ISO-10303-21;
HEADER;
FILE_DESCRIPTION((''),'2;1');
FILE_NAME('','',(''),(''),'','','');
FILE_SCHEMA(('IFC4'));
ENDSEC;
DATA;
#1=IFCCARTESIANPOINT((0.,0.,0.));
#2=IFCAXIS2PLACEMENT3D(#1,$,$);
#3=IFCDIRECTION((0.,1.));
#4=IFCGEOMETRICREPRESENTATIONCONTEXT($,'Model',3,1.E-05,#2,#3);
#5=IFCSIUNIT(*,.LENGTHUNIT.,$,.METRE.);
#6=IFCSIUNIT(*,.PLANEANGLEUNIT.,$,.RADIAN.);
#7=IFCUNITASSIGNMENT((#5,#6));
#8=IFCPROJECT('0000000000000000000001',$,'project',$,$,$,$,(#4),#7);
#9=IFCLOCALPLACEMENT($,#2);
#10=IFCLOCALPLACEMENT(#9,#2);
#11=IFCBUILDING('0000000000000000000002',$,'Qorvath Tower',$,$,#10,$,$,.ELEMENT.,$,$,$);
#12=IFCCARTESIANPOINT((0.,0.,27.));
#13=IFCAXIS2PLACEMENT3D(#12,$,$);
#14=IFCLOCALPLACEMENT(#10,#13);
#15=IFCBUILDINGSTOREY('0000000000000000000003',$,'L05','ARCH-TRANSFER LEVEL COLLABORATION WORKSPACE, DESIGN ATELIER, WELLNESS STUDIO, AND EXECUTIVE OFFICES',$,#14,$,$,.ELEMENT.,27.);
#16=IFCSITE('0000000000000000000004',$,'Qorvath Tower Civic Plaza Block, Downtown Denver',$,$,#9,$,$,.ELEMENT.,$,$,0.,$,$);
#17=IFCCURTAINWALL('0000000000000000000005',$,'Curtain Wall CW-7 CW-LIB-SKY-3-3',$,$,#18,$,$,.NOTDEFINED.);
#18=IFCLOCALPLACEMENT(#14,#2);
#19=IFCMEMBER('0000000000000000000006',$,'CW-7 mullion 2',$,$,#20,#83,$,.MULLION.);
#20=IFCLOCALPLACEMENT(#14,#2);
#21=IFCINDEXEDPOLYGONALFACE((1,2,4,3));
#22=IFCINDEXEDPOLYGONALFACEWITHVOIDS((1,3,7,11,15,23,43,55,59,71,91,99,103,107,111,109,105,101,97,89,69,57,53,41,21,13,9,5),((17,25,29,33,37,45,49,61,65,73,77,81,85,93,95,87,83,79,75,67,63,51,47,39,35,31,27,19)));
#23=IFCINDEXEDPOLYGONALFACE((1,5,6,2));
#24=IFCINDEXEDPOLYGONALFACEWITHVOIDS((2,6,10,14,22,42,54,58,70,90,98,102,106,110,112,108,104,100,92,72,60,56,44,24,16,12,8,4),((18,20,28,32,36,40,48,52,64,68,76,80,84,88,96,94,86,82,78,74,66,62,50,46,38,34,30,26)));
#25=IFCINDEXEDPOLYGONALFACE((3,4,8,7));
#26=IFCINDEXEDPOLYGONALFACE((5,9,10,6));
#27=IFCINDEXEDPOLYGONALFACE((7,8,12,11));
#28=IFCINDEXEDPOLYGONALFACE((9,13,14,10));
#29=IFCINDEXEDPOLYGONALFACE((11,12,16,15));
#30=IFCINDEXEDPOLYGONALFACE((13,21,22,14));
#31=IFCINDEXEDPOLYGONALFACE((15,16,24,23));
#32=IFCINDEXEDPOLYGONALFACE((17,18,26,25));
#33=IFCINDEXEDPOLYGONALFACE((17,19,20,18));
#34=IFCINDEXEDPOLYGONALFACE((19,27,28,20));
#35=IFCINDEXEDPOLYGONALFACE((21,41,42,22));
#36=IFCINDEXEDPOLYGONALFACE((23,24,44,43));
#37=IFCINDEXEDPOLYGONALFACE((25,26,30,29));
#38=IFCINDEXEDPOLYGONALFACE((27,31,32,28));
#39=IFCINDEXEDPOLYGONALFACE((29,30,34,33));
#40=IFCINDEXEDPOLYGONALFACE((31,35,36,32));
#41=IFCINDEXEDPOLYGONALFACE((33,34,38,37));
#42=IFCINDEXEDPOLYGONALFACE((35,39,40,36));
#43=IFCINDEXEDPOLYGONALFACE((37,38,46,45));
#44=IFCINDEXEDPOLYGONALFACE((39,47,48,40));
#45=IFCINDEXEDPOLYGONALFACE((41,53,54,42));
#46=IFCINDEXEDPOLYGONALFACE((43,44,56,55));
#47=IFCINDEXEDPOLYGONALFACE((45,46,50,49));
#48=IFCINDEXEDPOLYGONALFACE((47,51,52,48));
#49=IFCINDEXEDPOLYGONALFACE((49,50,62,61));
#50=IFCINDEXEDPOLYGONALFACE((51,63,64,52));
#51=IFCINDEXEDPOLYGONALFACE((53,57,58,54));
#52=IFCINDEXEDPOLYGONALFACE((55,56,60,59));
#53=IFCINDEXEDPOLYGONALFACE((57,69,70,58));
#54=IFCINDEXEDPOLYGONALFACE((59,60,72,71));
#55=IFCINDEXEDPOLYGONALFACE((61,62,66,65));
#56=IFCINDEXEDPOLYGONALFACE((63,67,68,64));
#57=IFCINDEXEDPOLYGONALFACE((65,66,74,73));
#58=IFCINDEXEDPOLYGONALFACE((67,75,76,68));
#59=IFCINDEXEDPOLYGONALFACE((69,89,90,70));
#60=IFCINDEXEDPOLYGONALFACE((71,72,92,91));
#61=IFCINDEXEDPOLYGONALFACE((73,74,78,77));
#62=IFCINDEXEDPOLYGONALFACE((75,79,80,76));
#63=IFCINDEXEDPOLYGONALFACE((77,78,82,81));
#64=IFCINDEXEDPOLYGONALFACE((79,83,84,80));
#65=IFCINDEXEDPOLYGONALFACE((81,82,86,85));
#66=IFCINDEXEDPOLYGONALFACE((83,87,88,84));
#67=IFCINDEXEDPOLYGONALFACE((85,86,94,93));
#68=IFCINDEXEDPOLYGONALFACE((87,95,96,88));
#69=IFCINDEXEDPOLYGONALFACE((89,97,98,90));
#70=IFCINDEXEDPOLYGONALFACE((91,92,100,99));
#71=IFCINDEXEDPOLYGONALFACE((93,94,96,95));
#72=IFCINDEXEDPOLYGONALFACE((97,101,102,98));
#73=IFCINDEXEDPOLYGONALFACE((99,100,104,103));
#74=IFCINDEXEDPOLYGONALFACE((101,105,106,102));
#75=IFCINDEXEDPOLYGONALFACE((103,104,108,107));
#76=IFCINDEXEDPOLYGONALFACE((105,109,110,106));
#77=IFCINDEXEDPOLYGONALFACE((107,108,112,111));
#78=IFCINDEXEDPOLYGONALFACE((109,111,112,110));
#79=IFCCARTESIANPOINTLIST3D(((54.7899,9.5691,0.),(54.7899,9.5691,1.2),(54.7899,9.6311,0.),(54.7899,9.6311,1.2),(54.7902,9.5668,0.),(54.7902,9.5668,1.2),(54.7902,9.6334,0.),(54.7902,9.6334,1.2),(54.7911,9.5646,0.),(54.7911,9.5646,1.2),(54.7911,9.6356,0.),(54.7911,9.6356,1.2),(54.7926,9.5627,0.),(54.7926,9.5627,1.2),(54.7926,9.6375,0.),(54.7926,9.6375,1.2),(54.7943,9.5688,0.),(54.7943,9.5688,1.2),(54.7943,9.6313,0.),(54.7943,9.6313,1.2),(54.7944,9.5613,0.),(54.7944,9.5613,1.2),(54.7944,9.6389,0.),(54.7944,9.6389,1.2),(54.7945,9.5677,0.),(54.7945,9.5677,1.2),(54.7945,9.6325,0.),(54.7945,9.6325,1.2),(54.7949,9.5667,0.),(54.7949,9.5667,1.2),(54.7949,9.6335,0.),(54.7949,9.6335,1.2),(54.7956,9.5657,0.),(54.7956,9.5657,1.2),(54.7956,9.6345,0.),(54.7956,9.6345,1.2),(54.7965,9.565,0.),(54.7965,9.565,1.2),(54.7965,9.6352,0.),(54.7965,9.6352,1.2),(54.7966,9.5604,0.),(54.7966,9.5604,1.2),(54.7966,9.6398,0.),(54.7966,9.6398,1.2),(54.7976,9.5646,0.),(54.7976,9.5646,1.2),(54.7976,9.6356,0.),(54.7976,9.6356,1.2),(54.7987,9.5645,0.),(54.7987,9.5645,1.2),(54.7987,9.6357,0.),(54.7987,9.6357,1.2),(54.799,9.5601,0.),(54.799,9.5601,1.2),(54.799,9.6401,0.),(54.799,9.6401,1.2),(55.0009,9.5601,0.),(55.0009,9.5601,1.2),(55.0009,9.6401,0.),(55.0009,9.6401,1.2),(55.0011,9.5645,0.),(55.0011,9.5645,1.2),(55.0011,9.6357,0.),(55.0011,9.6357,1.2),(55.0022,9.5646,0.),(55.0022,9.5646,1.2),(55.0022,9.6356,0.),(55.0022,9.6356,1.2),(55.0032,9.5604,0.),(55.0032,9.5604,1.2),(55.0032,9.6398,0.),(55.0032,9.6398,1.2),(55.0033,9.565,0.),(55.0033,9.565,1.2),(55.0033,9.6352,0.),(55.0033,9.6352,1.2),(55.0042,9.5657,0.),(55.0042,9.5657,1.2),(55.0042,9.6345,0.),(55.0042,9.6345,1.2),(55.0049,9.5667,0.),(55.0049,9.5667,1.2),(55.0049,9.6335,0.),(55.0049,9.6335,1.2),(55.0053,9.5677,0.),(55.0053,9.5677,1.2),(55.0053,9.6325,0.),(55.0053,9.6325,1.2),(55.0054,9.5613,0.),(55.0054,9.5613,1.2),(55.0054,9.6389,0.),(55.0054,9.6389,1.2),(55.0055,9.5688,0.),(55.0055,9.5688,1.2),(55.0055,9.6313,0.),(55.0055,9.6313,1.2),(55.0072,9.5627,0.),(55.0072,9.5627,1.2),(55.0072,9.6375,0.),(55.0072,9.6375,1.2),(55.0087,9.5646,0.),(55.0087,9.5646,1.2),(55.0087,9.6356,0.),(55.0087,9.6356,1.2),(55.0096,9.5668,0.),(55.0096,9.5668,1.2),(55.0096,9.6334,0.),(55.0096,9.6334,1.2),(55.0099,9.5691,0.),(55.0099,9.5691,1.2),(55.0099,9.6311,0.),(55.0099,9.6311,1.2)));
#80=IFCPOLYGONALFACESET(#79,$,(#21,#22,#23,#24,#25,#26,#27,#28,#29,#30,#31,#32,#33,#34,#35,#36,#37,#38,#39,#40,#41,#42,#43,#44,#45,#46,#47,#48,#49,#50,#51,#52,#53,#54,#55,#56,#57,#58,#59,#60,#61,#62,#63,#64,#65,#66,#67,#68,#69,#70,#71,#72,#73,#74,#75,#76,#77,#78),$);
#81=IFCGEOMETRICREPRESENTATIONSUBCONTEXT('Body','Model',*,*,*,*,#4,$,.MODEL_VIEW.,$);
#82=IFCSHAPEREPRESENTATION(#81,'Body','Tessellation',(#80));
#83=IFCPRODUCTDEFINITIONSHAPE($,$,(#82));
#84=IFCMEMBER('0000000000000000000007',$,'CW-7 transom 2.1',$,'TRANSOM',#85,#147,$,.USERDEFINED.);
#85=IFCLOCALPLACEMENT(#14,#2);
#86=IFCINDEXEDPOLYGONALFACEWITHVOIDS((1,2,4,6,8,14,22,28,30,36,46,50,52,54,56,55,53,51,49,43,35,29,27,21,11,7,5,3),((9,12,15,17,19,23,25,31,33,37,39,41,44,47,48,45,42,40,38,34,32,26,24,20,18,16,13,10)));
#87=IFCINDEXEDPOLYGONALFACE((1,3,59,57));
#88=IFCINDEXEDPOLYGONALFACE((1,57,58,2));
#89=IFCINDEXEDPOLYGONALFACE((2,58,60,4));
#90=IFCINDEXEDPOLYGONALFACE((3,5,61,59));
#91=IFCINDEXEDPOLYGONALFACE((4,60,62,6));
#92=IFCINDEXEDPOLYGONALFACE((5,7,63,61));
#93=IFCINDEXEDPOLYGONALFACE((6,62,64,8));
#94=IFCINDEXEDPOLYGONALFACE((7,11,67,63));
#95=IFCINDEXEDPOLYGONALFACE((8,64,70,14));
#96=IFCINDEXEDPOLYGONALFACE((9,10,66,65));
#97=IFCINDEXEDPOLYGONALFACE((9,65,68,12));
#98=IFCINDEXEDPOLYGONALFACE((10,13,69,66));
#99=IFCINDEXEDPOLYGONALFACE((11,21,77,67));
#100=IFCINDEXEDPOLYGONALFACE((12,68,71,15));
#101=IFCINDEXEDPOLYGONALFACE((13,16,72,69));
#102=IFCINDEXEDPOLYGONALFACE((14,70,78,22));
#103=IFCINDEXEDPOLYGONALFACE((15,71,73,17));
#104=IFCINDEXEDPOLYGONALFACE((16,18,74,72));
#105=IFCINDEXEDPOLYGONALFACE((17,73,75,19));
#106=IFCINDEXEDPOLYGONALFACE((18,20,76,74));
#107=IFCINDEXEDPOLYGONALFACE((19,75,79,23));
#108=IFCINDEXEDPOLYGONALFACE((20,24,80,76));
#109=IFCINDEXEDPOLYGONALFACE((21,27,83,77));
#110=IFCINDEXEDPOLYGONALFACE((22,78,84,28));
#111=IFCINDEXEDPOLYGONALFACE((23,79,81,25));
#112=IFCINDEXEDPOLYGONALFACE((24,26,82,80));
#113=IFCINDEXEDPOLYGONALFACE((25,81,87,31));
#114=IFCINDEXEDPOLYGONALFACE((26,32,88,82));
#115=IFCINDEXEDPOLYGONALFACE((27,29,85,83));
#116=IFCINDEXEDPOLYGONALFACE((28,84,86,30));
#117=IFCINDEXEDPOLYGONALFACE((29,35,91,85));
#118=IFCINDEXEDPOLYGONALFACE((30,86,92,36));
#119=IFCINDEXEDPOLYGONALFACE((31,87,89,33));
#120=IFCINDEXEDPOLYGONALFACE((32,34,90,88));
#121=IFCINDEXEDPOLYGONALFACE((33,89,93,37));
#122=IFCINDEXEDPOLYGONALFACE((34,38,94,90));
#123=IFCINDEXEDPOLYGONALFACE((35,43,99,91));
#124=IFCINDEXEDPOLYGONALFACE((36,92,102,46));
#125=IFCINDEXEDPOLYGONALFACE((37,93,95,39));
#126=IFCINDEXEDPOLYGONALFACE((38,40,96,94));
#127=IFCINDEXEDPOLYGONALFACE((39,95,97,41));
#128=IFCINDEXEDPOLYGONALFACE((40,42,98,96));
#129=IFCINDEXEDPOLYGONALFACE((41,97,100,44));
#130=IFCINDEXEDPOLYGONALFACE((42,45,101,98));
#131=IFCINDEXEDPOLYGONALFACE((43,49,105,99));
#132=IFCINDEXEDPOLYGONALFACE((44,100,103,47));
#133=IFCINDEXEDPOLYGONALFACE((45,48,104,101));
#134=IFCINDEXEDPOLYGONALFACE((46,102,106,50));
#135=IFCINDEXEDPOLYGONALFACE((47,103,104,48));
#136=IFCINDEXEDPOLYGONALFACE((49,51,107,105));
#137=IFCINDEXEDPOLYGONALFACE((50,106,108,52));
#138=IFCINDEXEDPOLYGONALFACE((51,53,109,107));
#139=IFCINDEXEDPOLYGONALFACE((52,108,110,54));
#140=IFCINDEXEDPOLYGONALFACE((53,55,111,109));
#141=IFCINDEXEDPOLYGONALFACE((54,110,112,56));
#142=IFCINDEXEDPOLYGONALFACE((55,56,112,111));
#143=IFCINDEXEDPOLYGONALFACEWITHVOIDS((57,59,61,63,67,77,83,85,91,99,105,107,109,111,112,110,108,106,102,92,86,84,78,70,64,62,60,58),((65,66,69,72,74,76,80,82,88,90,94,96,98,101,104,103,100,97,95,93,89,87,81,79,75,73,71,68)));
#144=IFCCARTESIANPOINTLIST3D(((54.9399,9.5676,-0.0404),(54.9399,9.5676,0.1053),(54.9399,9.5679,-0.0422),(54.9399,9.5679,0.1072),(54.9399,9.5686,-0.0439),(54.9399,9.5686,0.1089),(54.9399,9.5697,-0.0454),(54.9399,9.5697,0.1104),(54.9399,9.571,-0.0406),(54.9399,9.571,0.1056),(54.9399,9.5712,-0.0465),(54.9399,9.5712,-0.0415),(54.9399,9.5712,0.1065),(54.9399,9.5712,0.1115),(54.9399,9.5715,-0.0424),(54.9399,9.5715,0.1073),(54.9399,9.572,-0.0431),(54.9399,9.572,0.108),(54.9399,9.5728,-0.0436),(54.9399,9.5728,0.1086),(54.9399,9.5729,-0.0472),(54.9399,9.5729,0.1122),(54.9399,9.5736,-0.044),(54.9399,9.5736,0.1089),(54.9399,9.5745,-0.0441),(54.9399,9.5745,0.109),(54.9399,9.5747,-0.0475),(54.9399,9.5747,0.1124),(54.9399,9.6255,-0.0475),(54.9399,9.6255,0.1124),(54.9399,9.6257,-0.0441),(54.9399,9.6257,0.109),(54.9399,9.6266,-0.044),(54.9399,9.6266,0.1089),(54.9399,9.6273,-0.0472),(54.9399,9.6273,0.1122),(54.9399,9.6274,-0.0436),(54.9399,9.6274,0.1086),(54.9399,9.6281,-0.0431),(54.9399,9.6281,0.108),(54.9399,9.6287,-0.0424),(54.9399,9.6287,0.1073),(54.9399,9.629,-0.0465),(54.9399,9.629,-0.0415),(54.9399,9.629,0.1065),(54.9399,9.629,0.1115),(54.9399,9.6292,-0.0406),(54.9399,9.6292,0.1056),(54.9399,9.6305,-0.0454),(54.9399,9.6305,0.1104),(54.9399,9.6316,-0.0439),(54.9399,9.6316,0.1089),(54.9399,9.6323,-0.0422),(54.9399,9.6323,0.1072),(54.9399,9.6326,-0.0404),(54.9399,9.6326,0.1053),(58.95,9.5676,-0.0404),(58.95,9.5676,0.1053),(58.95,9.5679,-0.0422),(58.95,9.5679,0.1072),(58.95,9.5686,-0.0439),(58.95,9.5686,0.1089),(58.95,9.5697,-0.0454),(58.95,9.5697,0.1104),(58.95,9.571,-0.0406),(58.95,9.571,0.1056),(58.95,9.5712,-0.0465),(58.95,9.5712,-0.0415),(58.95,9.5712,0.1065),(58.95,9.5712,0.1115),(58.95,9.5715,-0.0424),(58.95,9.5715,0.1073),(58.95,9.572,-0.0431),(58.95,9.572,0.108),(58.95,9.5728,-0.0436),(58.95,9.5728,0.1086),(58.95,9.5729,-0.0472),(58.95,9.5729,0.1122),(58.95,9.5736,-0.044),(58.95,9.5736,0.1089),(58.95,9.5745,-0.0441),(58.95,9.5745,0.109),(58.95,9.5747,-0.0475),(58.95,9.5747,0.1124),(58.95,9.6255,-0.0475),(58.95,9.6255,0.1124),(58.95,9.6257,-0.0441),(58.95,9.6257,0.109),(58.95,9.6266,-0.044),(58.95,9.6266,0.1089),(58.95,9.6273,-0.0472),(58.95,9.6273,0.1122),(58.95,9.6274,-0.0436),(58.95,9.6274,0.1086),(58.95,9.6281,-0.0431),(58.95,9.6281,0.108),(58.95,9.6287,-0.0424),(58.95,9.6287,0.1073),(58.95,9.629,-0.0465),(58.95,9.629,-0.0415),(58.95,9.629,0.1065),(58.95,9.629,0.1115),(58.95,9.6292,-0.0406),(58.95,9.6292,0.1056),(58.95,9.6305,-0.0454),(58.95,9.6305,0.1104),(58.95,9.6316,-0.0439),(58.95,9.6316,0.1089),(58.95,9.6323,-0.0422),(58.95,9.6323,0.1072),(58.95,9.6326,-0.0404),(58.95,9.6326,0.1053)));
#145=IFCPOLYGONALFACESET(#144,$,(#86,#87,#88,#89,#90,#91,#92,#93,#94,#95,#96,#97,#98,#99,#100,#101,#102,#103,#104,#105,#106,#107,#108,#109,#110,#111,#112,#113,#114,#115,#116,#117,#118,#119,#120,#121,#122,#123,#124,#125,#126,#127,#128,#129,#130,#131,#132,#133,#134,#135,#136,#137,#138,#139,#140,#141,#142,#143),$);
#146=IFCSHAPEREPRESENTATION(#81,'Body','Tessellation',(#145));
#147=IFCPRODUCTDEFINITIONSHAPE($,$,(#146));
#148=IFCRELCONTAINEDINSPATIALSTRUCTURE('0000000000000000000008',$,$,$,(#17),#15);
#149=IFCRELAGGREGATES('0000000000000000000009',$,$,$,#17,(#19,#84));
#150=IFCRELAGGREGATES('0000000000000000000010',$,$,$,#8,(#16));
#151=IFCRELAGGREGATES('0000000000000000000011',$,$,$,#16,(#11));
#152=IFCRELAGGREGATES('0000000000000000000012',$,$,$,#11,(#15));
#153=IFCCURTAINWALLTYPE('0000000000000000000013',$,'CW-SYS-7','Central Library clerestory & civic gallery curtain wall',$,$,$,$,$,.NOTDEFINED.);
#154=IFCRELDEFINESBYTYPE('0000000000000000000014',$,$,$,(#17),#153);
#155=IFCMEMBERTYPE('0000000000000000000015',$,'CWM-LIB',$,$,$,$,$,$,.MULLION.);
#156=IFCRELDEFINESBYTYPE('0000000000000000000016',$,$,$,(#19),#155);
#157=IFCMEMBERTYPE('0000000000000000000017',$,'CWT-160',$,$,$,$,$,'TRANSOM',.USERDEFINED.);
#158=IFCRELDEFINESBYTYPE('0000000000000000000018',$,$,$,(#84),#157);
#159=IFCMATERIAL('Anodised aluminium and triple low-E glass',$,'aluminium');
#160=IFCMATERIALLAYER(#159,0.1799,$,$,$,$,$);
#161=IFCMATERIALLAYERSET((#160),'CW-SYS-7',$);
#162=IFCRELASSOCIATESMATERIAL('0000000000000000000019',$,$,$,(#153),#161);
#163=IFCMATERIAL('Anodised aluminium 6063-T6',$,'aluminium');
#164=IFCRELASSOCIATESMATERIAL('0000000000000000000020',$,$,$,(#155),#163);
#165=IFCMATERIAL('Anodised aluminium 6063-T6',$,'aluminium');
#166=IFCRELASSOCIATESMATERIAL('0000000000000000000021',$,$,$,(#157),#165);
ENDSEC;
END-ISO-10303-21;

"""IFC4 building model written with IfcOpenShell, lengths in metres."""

from ifc_helpers import new_model, si_unit, direction, frame, origin, origin_2d, place, context, subcontext, project, spatial, hollow_rectangle, extrude, material, layer, layer_set, material_profile, profile_set, type_object, element, aggregate, save


model = new_model("IFC4")

# Units and contexts
model_context = context("Model", 3, precision=1e-05, world=origin(), true_north=direction((0.0, 1.0)))
body_context = subcontext(model_context, "Body", "Model", "MODEL_VIEW")
ifc_project = project(units=[si_unit("LENGTHUNIT", "METRE"), si_unit("PLANEANGLEUNIT", "RADIAN")], contexts=[model_context])

# Site, building, storey
site_placement = place(None, origin())
site = spatial("IfcSite", under=ifc_project, at=site_placement, Name="Qorvath Tower Civic Plaza Block, Downtown Denver", CompositionType="ELEMENT", RefElevation=0.0)
building_placement = place(site_placement, origin())
building = spatial("IfcBuilding", under=site, at=building_placement, Name="Qorvath Tower", CompositionType="ELEMENT")
storey_placement = place(building_placement, frame((0.0, 0.0, 27.0)))
storey = spatial("IfcBuildingStorey", under=building, at=storey_placement, Name="L05", Description="ARCH-TRANSFER LEVEL COLLABORATION WORKSPACE, DESIGN ATELIER, WELLNESS STUDIO, AND EXECUTIVE OFFICES", CompositionType="ELEMENT", Elevation=27.0)

# Curtain wall, members
ifc_material_1 = material(Name="Anodised aluminium and triple low-E glass", Category="aluminium")
ifc_layer_1 = layer(ifc_material_1, 0.1799)
ifc_layer_set_1 = layer_set([ifc_layer_1], Name="CW-SYS-7")
curtain_wall_type = type_object("IfcCurtainWallType", Name="CW-SYS-7", Description="Central Library clerestory & civic gallery curtain wall", PredefinedType="NOTDEFINED", material=ifc_layer_set_1)
curtain_wall_placement = place(storey_placement, origin())
curtain_wall = element("IfcCurtainWall", 1, at=curtain_wall_placement, inside=storey, type_object=curtain_wall_type, Name="Curtain Wall CW-7 CW-LIB-SKY-3-3", PredefinedType="NOTDEFINED")
ifc_material_2 = material(Name="Anodised aluminium 6063-T6", Category="aluminium")
ifc_material_profile_1 = material_profile(ifc_material_2, hollow_rectangle(XDim=0.0801, YDim=0.22, WallThickness=0.0044, InnerFilletRadius=0.0044, OuterFilletRadius=0.009, at=origin_2d()), Name="CWM LIB 220x80")
ifc_profile_set_1 = profile_set([ifc_material_profile_1], Name="Anodised aluminium 6063-T6")
member_type_1 = type_object("IfcMemberType", Name="CWM-LIB", PredefinedType="MULLION", material=ifc_profile_set_1)
member_1_placement = place(storey_placement, frame((54.8999, 9.6001, 0.0), z_axis=(0.0, 0.0, 1.0), x_axis=(0.0, 1.0, 0.0)))
member_1 = element("IfcMember", 2, at=member_1_placement, type_object=member_type_1, Name="CW-7 mullion 2", PredefinedType="MULLION", context=body_context, shape_type="SweptSolid", body=[
    extrude(hollow_rectangle(XDim=0.0801, YDim=0.22, WallThickness=0.0044, InnerFilletRadius=0.0044, OuterFilletRadius=0.009, at=origin_2d()), origin(), (0.0, 0.0, 1.0), 1.2),
])
ifc_material_3 = material(Name="Anodised aluminium 6063-T6", Category="aluminium")
ifc_material_profile_2 = material_profile(ifc_material_3, hollow_rectangle(XDim=0.0649, YDim=0.1599, WallThickness=0.0034, InnerFilletRadius=0.0034, OuterFilletRadius=0.0071, at=origin_2d()), Name="CWT 160x65")
ifc_profile_set_2 = profile_set([ifc_material_profile_2], Name="Anodised aluminium 6063-T6")
member_type_2 = type_object("IfcMemberType", Name="CWT-160", ElementType="TRANSOM", PredefinedType="USERDEFINED", material=ifc_profile_set_2)
member_2_placement = place(storey_placement, frame((54.9399, 9.6001, 0.0325), z_axis=(1.0, 0.0, 0.0), x_axis=(0.0, 1.0, 0.0)))
member_2 = element("IfcMember", 3, at=member_2_placement, type_object=member_type_2, Name="CW-7 transom 2.1", ObjectType="TRANSOM", PredefinedType="USERDEFINED", context=body_context, shape_type="SweptSolid", body=[
    extrude(hollow_rectangle(XDim=0.0649, YDim=0.1599, WallThickness=0.0034, InnerFilletRadius=0.0034, OuterFilletRadius=0.0071, at=origin_2d()), origin(), (0.0, 0.0, 1.0), 4.01),
])

aggregate(curtain_wall, [member_1, member_2])

save(model, "model.ifc")
